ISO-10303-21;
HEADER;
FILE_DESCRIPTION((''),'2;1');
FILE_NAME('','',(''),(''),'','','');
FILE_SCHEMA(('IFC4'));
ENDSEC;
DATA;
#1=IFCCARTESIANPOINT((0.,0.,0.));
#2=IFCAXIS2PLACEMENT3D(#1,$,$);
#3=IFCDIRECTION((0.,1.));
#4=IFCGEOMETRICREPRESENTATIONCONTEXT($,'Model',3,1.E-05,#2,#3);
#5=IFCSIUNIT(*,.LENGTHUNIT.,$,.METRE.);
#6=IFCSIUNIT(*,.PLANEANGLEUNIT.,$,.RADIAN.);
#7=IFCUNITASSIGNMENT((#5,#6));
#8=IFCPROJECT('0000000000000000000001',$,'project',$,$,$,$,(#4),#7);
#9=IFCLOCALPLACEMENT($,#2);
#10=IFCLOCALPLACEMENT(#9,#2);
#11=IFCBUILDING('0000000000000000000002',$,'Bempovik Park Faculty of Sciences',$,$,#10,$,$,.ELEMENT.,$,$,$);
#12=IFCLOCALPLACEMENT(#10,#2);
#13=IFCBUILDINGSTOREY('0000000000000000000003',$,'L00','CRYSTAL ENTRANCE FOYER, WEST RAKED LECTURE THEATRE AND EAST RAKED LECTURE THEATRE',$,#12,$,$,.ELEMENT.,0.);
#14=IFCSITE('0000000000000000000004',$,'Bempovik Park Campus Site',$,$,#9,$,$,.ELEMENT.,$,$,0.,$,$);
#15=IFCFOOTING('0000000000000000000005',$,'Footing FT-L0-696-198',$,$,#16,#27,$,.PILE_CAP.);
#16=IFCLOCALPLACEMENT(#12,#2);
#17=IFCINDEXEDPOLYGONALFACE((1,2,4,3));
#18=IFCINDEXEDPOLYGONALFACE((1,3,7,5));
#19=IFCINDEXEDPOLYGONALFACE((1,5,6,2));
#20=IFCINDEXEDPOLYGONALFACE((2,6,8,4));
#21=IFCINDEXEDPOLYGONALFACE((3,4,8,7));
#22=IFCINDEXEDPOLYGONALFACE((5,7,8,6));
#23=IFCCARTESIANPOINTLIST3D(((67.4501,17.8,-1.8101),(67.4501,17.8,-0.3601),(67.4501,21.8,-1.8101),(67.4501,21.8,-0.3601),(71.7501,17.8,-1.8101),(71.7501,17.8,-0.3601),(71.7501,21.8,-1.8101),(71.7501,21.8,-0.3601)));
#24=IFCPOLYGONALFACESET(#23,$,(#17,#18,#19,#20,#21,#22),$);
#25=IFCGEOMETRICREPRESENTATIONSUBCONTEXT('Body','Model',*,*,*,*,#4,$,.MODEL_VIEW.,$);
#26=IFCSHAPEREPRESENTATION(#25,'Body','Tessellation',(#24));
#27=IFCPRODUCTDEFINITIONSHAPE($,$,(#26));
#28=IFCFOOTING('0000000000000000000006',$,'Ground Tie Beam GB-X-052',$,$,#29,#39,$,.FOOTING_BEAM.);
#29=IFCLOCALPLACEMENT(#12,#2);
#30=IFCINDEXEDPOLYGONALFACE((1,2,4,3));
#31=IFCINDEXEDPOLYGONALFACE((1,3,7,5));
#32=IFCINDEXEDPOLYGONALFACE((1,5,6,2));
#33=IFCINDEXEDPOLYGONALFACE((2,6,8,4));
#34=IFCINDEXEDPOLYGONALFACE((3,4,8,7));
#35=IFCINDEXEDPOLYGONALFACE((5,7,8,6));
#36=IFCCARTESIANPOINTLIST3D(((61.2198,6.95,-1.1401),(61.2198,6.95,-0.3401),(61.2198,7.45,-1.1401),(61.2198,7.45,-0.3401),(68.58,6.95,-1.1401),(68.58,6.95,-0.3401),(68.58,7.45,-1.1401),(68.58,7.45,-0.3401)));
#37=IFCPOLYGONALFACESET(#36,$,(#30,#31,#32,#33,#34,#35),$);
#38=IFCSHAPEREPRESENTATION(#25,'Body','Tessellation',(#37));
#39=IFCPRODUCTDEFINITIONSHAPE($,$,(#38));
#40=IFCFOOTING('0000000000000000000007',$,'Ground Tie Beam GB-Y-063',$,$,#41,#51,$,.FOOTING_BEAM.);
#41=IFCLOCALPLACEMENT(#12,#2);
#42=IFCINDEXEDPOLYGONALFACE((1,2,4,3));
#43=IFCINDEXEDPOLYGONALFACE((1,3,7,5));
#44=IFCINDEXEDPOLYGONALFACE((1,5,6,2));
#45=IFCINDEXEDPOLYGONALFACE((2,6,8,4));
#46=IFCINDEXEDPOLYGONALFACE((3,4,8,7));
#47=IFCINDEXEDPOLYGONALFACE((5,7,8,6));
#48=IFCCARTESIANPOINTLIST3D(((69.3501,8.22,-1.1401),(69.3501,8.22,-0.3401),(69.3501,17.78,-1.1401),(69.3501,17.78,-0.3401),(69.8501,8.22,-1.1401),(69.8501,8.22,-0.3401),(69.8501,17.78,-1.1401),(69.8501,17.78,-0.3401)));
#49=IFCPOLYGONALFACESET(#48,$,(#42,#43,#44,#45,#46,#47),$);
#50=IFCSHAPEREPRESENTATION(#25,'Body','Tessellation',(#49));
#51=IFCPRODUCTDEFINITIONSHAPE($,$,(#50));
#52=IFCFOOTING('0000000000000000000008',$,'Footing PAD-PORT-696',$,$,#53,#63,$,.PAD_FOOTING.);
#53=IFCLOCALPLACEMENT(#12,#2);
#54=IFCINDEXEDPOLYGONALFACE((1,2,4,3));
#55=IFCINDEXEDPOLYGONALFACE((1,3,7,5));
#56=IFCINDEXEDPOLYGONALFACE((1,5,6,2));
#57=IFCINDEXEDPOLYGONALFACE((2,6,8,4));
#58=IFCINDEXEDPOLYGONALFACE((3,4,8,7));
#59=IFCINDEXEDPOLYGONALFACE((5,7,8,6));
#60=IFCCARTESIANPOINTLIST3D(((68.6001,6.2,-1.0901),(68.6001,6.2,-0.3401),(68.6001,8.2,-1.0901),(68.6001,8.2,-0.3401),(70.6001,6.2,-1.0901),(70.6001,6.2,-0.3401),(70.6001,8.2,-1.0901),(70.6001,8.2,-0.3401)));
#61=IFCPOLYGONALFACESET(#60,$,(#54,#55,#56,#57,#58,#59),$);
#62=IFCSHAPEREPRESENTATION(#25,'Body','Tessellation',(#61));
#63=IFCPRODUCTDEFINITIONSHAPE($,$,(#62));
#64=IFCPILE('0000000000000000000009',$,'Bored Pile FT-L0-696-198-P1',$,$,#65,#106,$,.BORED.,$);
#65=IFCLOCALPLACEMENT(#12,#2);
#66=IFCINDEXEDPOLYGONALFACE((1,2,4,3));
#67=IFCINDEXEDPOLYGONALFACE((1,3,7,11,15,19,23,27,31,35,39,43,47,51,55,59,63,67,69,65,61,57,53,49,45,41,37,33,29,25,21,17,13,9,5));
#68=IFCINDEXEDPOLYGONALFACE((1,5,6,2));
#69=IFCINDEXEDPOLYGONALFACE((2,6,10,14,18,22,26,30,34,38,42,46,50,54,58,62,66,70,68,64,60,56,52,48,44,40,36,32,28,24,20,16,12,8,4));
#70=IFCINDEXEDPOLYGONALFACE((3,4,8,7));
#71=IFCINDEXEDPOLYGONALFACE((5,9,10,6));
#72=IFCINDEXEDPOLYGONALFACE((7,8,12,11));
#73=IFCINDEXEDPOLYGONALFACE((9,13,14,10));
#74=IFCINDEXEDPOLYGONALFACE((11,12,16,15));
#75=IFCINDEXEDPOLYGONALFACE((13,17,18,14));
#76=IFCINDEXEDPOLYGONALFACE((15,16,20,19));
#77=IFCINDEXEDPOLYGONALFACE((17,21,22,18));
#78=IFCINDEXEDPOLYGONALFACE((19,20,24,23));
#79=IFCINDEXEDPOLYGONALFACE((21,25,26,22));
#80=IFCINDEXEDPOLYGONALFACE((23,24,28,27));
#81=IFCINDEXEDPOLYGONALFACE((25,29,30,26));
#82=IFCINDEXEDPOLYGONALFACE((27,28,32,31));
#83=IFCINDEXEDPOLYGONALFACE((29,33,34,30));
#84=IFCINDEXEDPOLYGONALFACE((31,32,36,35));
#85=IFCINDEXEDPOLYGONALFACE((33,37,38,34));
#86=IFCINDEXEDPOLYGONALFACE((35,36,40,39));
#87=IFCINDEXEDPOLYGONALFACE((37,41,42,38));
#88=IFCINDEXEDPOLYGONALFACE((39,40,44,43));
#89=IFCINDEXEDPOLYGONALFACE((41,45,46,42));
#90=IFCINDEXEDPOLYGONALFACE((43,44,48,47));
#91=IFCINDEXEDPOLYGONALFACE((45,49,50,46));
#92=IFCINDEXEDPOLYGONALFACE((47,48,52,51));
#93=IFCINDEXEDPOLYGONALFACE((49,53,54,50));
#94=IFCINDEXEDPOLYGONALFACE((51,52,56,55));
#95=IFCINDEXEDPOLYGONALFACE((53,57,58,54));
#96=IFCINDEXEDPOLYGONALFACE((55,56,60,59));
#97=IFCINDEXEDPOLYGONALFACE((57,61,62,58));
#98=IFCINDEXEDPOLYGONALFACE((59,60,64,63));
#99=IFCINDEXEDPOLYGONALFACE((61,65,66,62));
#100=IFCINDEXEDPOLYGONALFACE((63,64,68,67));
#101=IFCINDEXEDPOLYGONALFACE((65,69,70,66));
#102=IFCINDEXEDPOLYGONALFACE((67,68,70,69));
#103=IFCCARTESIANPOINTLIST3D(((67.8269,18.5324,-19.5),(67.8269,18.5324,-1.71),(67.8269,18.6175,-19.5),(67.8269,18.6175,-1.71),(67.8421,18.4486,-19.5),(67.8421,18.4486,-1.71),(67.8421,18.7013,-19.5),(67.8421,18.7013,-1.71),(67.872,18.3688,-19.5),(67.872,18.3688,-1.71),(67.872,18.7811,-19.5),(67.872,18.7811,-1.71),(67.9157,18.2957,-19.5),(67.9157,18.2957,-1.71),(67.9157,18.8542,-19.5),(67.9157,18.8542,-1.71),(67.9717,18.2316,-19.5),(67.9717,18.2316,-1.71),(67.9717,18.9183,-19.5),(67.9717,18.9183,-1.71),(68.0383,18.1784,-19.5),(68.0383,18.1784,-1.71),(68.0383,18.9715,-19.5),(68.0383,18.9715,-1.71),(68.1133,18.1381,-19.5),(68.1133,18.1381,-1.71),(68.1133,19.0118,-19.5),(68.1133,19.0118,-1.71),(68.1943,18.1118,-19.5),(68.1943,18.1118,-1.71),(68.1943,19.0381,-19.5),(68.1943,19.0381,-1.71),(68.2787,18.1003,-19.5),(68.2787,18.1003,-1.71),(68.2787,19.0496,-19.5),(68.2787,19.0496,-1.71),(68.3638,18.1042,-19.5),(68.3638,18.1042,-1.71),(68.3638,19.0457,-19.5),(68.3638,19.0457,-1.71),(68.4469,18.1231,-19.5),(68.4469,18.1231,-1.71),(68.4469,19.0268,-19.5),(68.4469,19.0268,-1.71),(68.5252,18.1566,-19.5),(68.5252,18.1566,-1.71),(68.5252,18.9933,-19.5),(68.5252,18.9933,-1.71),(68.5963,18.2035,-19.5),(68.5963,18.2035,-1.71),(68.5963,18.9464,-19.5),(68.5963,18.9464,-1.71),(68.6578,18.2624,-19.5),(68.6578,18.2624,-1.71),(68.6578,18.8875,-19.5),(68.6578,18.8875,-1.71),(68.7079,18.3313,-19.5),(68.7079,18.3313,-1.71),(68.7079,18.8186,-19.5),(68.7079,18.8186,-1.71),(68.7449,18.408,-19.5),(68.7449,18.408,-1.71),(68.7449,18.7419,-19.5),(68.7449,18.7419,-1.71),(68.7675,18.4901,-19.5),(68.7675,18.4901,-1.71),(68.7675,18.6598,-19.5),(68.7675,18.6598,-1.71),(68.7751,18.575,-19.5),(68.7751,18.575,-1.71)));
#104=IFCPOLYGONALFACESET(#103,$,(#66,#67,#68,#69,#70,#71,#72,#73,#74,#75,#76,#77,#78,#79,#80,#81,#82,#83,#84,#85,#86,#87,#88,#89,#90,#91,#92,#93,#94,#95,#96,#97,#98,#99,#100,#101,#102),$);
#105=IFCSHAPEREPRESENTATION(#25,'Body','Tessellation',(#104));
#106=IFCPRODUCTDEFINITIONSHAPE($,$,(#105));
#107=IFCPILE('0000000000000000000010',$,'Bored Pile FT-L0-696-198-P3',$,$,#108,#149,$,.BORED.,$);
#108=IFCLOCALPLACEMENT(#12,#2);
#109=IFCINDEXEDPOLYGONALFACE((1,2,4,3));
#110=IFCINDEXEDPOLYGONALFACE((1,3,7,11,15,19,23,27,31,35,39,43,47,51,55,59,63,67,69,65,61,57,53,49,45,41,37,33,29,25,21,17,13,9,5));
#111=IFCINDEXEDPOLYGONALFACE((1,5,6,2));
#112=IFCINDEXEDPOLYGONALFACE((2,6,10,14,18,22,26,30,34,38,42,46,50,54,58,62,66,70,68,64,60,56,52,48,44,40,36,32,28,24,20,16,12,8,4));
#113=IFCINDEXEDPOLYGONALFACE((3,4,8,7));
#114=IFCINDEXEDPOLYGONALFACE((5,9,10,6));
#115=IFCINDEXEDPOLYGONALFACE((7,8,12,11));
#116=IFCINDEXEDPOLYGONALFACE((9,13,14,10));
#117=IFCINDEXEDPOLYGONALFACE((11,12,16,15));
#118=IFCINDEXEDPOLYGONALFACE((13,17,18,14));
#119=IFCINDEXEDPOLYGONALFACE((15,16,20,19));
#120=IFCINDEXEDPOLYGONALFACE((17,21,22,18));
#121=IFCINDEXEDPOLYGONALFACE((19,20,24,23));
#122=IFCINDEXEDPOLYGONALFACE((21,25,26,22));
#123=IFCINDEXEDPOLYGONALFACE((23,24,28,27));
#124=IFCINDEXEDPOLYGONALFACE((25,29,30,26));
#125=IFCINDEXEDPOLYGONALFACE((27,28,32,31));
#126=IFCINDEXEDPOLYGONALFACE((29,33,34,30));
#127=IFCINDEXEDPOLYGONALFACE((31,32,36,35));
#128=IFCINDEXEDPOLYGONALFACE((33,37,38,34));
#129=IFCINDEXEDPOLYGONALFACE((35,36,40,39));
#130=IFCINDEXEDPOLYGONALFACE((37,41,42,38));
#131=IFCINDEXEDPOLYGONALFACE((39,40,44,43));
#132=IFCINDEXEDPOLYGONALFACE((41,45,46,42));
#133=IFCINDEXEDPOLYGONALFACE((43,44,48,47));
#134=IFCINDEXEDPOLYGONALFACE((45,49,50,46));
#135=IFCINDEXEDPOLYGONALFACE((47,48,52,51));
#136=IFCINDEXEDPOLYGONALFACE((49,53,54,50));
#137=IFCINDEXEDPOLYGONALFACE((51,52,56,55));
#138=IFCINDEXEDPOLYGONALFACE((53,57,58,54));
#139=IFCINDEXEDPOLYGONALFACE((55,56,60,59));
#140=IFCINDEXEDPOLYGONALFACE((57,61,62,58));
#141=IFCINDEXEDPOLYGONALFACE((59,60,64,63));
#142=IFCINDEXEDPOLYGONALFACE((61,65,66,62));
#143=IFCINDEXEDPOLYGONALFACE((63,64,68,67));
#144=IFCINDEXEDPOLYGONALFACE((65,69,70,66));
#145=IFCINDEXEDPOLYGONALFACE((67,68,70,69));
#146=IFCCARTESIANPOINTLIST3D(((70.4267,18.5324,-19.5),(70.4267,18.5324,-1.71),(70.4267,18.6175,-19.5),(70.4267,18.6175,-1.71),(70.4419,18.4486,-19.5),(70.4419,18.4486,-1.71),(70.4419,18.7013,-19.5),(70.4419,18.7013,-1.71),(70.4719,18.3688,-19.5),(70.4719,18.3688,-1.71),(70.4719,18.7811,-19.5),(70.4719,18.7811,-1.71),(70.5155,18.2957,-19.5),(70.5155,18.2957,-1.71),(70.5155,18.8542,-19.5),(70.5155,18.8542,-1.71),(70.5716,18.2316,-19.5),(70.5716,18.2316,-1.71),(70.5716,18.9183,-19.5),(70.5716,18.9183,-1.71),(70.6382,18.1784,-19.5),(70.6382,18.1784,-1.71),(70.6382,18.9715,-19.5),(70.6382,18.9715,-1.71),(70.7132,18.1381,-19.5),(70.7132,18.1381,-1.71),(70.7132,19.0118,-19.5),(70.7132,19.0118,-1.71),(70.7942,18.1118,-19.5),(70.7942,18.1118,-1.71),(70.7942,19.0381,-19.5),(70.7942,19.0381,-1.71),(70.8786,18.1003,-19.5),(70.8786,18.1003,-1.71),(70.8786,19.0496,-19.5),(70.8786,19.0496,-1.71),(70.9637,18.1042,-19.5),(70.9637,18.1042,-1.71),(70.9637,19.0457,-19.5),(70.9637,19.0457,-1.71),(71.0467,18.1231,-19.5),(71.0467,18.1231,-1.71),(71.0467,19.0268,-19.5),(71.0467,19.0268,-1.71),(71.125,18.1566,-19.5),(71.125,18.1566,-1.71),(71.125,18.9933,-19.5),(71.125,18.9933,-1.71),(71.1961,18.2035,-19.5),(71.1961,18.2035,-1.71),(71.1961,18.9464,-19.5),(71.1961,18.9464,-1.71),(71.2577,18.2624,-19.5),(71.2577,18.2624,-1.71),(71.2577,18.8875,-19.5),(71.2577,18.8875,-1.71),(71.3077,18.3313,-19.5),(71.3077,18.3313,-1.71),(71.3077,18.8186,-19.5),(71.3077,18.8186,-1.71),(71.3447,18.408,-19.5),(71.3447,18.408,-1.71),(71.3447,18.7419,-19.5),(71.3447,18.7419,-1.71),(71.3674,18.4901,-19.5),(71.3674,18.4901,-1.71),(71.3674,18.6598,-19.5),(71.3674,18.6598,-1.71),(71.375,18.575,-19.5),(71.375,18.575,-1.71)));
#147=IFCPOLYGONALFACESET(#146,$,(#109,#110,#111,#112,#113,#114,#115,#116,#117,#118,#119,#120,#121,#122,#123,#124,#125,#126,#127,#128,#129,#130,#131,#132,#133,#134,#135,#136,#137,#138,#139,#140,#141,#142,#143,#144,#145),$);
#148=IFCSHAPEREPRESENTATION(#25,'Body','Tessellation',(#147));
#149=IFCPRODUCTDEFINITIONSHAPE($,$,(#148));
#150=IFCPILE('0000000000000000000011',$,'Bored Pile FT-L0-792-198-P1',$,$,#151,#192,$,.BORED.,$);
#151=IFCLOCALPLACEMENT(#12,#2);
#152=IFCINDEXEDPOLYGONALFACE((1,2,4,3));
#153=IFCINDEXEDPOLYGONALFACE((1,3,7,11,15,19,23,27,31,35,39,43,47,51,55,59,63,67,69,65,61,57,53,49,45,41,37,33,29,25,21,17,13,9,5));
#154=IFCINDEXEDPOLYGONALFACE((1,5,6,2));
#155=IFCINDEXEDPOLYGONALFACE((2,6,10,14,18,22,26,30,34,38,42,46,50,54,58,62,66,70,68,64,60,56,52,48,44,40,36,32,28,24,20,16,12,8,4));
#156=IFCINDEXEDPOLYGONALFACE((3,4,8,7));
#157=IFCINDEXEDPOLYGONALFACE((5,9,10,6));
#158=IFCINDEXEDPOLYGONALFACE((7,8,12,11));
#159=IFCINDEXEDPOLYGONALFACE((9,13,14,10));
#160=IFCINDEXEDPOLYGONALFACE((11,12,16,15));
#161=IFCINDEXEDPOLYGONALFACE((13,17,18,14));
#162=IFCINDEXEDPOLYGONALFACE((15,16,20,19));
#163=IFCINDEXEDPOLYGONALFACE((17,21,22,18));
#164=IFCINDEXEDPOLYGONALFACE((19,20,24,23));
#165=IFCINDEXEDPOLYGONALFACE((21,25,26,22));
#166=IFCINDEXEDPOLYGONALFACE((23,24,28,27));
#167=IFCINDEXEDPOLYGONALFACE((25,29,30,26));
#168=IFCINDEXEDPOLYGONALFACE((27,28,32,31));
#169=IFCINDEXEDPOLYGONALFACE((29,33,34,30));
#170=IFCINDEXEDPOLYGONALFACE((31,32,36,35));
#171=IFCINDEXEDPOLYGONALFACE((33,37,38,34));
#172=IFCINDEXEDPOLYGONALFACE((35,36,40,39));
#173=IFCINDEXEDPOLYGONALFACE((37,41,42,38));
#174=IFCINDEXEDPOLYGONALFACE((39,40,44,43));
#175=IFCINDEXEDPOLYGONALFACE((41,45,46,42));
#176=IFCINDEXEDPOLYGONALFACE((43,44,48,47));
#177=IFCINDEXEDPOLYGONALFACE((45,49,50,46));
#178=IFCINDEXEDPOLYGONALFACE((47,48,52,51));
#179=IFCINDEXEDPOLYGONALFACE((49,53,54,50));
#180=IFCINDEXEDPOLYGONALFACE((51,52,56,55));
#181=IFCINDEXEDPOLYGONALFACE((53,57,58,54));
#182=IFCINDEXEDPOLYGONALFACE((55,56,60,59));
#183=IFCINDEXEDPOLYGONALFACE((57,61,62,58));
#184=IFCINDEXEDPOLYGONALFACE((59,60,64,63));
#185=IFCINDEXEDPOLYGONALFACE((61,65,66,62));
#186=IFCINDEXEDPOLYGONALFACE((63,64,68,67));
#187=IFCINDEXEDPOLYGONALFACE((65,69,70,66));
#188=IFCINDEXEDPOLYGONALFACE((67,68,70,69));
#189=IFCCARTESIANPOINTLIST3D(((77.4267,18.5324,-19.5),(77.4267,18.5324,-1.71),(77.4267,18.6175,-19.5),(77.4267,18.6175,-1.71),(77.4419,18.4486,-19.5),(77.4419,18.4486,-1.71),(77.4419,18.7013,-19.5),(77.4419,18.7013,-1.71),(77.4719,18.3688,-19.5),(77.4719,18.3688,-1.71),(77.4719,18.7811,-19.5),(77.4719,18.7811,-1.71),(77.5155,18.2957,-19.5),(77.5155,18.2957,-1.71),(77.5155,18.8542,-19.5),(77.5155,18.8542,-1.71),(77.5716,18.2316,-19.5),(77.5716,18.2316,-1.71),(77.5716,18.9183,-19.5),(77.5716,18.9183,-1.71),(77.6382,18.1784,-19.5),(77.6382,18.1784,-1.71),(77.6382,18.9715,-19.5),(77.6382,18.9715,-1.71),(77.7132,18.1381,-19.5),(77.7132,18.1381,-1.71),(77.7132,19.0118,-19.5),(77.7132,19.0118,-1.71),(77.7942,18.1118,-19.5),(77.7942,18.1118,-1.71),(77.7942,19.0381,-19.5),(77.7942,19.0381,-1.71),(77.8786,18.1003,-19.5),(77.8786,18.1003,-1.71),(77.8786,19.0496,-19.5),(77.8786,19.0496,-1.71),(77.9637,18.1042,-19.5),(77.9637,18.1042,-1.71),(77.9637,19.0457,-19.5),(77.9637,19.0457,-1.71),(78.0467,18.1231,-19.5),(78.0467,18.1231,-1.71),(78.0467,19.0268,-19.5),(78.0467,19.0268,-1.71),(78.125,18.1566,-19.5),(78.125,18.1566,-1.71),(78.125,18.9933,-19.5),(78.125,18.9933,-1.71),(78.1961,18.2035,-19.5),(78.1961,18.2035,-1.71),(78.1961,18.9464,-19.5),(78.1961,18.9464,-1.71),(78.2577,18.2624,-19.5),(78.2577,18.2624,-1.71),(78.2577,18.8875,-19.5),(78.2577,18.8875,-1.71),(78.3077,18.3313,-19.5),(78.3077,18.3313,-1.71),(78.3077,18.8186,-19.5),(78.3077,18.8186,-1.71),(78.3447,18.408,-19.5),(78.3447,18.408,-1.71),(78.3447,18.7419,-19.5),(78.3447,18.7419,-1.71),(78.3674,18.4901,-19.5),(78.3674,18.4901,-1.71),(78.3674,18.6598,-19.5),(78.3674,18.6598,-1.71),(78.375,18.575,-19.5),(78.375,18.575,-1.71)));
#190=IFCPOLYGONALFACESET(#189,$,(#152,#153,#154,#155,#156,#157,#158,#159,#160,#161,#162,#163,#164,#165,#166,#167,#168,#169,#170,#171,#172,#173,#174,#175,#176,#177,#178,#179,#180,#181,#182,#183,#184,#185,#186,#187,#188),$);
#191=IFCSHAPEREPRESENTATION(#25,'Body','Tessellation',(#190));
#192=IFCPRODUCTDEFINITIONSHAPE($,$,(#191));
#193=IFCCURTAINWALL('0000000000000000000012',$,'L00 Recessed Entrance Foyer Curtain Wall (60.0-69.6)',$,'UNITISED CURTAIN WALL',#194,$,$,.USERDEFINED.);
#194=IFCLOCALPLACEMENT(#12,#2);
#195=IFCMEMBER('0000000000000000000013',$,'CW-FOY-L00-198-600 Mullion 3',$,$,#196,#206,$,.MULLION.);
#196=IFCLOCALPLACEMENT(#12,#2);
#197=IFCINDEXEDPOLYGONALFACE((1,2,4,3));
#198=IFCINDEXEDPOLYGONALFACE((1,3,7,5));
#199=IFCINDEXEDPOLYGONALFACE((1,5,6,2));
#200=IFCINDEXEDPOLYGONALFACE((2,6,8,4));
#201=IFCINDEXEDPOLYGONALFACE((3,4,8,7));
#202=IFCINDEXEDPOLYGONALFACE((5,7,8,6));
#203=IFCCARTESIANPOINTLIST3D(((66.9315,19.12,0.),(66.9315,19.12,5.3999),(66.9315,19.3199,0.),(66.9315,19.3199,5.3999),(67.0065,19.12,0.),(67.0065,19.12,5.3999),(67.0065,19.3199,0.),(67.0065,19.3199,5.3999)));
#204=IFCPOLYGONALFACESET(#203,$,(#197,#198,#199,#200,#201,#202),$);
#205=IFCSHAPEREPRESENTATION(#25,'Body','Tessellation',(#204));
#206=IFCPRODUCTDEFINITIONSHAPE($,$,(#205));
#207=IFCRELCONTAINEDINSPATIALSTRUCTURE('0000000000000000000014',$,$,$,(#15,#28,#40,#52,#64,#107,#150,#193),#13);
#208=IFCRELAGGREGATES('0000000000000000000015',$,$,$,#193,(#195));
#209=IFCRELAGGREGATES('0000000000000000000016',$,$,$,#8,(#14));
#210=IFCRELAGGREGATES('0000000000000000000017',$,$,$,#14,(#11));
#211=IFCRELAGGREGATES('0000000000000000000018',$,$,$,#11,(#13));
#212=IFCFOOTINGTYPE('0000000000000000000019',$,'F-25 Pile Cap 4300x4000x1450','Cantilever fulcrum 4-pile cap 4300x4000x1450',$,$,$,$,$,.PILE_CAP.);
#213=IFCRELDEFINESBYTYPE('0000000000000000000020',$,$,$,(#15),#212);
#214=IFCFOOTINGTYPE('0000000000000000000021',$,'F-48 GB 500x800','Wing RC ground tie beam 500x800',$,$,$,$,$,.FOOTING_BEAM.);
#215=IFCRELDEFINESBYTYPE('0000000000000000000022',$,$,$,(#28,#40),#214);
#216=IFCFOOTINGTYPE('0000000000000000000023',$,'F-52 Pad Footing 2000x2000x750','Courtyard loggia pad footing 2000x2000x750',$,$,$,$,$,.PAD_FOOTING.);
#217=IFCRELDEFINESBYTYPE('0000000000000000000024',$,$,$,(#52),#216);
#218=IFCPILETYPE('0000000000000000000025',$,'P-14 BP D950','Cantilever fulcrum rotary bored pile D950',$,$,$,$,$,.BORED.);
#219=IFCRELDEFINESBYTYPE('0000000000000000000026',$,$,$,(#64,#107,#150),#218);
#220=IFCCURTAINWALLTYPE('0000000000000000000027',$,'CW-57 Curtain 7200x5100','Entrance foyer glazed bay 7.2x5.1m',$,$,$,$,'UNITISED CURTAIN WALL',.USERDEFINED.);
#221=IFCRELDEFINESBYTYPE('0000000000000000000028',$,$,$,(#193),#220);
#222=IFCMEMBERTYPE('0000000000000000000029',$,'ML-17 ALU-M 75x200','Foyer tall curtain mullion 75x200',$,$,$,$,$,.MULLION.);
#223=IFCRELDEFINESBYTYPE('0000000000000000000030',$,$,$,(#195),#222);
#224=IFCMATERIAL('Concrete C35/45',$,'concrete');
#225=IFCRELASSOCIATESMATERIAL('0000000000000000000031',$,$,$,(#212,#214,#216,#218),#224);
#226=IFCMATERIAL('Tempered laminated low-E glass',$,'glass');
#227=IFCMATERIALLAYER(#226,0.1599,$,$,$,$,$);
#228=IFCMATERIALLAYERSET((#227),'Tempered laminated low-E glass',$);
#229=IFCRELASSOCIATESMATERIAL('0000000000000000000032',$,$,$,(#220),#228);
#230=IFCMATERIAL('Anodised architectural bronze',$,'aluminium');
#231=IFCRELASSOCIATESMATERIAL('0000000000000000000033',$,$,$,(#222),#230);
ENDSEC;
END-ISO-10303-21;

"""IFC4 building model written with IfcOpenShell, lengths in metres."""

from ifc_helpers import new_model, si_unit, direction, frame, origin, origin_2d, place, context, subcontext, project, spatial, rectangle, circle, extrude, material, layer, layer_set, material_profile, profile_set, type_object, element, aggregate, save


model = new_model("IFC4")

# Units and contexts
model_context = context("Model", 3, precision=1e-05, world=origin(), true_north=direction((0.0, 1.0)))
body_context = subcontext(model_context, "Body", "Model", "MODEL_VIEW")
ifc_project = project(units=[si_unit("LENGTHUNIT", "METRE"), si_unit("PLANEANGLEUNIT", "RADIAN")], contexts=[model_context])

# Site, building, storey
site_placement = place(None, origin())
site = spatial("IfcSite", under=ifc_project, at=site_placement, Name="Bempovik Park Campus Site", CompositionType="ELEMENT", RefElevation=0.0)
building_placement = place(site_placement, origin())
building = spatial("IfcBuilding", under=site, at=building_placement, Name="Bempovik Park Faculty of Sciences", CompositionType="ELEMENT")
storey_placement = place(building_placement, origin())
storey = spatial("IfcBuildingStorey", under=building, at=storey_placement, Name="L00", Description="CRYSTAL ENTRANCE FOYER, WEST RAKED LECTURE THEATRE AND EAST RAKED LECTURE THEATRE", CompositionType="ELEMENT", Elevation=0.0)

# Footings
ifc_material_1 = material(Name="Concrete C35/45", Category="concrete")
footing_type_1 = type_object("IfcFootingType", Name="F-25 Pile Cap 4300x4000x1450", Description="Cantilever fulcrum 4-pile cap 4300x4000x1450", PredefinedType="PILE_CAP", material=ifc_material_1)
footing_1_placement = place(storey_placement, frame((69.6001, 19.8, -1.8101), z_axis=(0.0, 0.0, 1.0), x_axis=(1.0, 0.0, 0.0)))
element("IfcFooting", 1, at=footing_1_placement, inside=storey, type_object=footing_type_1, Name="Footing FT-L0-696-198", PredefinedType="PILE_CAP", context=body_context, shape_type="SweptSolid", body=[
    extrude(rectangle(XDim=4.3, YDim=4.0, at=origin_2d()), origin(), (0.0, 0.0, 1.0), 1.45),
])
footing_type_2 = type_object("IfcFootingType", Name="F-48 GB 500x800", Description="Wing RC ground tie beam 500x800", PredefinedType="FOOTING_BEAM", material=ifc_material_1)
footing_2_placement = place(storey_placement, frame((64.8999, 7.2, -1.1401), z_axis=(0.0, 0.0, 1.0), x_axis=(1.0, 0.0, 0.0)))
element("IfcFooting", 2, at=footing_2_placement, inside=storey, type_object=footing_type_2, Name="Ground Tie Beam GB-X-052", PredefinedType="FOOTING_BEAM", context=body_context, shape_type="SweptSolid", body=[
    extrude(rectangle(XDim=7.3601, YDim=0.5, at=origin_2d()), origin(), (0.0, 0.0, 1.0), 0.8),
])
footing_3_placement = place(storey_placement, frame((69.6001, 13.0, -1.1401), z_axis=(0.0, 0.0, 1.0), x_axis=(1.0, 0.0, 0.0)))
element("IfcFooting", 3, at=footing_3_placement, inside=storey, type_object=footing_type_2, Name="Ground Tie Beam GB-Y-063", PredefinedType="FOOTING_BEAM", context=body_context, shape_type="SweptSolid", body=[
    extrude(rectangle(XDim=0.5, YDim=9.5601, at=origin_2d()), origin(), (0.0, 0.0, 1.0), 0.8),
])
footing_type_3 = type_object("IfcFootingType", Name="F-52 Pad Footing 2000x2000x750", Description="Courtyard loggia pad footing 2000x2000x750", PredefinedType="PAD_FOOTING", material=ifc_material_1)
footing_4_placement = place(storey_placement, frame((69.6001, 7.2, -1.0901), z_axis=(0.0, 0.0, 1.0), x_axis=(1.0, 0.0, 0.0)))
element("IfcFooting", 4, at=footing_4_placement, inside=storey, type_object=footing_type_3, Name="Footing PAD-PORT-696", PredefinedType="PAD_FOOTING", context=body_context, shape_type="SweptSolid", body=[
    extrude(rectangle(XDim=2.0, YDim=2.0, at=origin_2d()), origin(), (0.0, 0.0, 1.0), 0.75),
])

# Piles
ifc_material_profile_1 = material_profile(ifc_material_1, circle(Radius=0.4751, at=origin_2d()), Name="BP D950")
ifc_profile_set_1 = profile_set([ifc_material_profile_1], Name="Concrete C35/45")
pile_type = type_object("IfcPileType", Name="P-14 BP D950", Description="Cantilever fulcrum rotary bored pile D950", PredefinedType="BORED", material=ifc_profile_set_1)
for number, where, z_axis, x_axis, name in (
    (5, (68.3, 18.575, -1.71), (0.0, 0.0, -1.0), (1.0, 0.0, 0.0), "Bored Pile FT-L0-696-198-P1"),
    (6, (70.8999, 18.575, -1.71), (0.0, 0.0, -1.0), (1.0, 0.0, 0.0), "Bored Pile FT-L0-696-198-P3"),
    (7, (77.8999, 18.575, -1.71), (0.0, 0.0, -1.0), (1.0, 0.0, 0.0), "Bored Pile FT-L0-792-198-P1"),
):
    element("IfcPile", number, at=place(storey_placement, frame(where, z_axis=z_axis, x_axis=x_axis)), inside=storey, type_object=pile_type, Name=name, PredefinedType="BORED", context=body_context, shape_type="SweptSolid", body=[
        extrude(circle(Radius=0.4751, at=origin_2d()), origin(), (0.0, 0.0, 1.0), 17.79),
    ])

# Curtain wall, member
ifc_material_2 = material(Name="Tempered laminated low-E glass", Category="glass")
ifc_layer_1 = layer(ifc_material_2, 0.1599)
ifc_layer_set_1 = layer_set([ifc_layer_1], Name="Tempered laminated low-E glass")
curtain_wall_type_1 = type_object("IfcCurtainWallType", Name="CW-57 Curtain 7200x5100", Description="Entrance foyer glazed bay 7.2x5.1m", ElementType="UNITISED CURTAIN WALL", PredefinedType="USERDEFINED", material=ifc_layer_set_1)
curtain_wall_1_placement = place(storey_placement, origin())
curtain_wall_1 = element("IfcCurtainWall", 8, at=curtain_wall_1_placement, inside=storey, type_object=curtain_wall_type_1, Name="L00 Recessed Entrance Foyer Curtain Wall (60.0-69.6)", ObjectType="UNITISED CURTAIN WALL", PredefinedType="USERDEFINED")
ifc_material_3 = material(Name="Anodised architectural bronze", Category="aluminium")
ifc_material_profile_2 = material_profile(ifc_material_3, rectangle(XDim=0.075, YDim=0.2, at=origin_2d()), Name="ALU-M 75x200")
ifc_profile_set_2 = profile_set([ifc_material_profile_2], Name="Anodised architectural bronze")
member_type_1 = type_object("IfcMemberType", Name="ML-17 ALU-M 75x200", Description="Foyer tall curtain mullion 75x200", PredefinedType="MULLION", material=ifc_profile_set_2)
member_1_placement = place(storey_placement, frame((66.969, 19.22, 0.0), z_axis=(0.0, 0.0, 1.0), x_axis=(1.0, 0.0, 0.0)))
member_1 = element("IfcMember", 9, at=member_1_placement, type_object=member_type_1, Name="CW-FOY-L00-198-600 Mullion 3", PredefinedType="MULLION", context=body_context, shape_type="SweptSolid", body=[
    extrude(rectangle(XDim=0.075, YDim=0.2, at=origin_2d()), origin(), (0.0, 0.0, 1.0), 5.3999),
])

aggregate(curtain_wall_1, [member_1])

save(model, "model.ifc")
